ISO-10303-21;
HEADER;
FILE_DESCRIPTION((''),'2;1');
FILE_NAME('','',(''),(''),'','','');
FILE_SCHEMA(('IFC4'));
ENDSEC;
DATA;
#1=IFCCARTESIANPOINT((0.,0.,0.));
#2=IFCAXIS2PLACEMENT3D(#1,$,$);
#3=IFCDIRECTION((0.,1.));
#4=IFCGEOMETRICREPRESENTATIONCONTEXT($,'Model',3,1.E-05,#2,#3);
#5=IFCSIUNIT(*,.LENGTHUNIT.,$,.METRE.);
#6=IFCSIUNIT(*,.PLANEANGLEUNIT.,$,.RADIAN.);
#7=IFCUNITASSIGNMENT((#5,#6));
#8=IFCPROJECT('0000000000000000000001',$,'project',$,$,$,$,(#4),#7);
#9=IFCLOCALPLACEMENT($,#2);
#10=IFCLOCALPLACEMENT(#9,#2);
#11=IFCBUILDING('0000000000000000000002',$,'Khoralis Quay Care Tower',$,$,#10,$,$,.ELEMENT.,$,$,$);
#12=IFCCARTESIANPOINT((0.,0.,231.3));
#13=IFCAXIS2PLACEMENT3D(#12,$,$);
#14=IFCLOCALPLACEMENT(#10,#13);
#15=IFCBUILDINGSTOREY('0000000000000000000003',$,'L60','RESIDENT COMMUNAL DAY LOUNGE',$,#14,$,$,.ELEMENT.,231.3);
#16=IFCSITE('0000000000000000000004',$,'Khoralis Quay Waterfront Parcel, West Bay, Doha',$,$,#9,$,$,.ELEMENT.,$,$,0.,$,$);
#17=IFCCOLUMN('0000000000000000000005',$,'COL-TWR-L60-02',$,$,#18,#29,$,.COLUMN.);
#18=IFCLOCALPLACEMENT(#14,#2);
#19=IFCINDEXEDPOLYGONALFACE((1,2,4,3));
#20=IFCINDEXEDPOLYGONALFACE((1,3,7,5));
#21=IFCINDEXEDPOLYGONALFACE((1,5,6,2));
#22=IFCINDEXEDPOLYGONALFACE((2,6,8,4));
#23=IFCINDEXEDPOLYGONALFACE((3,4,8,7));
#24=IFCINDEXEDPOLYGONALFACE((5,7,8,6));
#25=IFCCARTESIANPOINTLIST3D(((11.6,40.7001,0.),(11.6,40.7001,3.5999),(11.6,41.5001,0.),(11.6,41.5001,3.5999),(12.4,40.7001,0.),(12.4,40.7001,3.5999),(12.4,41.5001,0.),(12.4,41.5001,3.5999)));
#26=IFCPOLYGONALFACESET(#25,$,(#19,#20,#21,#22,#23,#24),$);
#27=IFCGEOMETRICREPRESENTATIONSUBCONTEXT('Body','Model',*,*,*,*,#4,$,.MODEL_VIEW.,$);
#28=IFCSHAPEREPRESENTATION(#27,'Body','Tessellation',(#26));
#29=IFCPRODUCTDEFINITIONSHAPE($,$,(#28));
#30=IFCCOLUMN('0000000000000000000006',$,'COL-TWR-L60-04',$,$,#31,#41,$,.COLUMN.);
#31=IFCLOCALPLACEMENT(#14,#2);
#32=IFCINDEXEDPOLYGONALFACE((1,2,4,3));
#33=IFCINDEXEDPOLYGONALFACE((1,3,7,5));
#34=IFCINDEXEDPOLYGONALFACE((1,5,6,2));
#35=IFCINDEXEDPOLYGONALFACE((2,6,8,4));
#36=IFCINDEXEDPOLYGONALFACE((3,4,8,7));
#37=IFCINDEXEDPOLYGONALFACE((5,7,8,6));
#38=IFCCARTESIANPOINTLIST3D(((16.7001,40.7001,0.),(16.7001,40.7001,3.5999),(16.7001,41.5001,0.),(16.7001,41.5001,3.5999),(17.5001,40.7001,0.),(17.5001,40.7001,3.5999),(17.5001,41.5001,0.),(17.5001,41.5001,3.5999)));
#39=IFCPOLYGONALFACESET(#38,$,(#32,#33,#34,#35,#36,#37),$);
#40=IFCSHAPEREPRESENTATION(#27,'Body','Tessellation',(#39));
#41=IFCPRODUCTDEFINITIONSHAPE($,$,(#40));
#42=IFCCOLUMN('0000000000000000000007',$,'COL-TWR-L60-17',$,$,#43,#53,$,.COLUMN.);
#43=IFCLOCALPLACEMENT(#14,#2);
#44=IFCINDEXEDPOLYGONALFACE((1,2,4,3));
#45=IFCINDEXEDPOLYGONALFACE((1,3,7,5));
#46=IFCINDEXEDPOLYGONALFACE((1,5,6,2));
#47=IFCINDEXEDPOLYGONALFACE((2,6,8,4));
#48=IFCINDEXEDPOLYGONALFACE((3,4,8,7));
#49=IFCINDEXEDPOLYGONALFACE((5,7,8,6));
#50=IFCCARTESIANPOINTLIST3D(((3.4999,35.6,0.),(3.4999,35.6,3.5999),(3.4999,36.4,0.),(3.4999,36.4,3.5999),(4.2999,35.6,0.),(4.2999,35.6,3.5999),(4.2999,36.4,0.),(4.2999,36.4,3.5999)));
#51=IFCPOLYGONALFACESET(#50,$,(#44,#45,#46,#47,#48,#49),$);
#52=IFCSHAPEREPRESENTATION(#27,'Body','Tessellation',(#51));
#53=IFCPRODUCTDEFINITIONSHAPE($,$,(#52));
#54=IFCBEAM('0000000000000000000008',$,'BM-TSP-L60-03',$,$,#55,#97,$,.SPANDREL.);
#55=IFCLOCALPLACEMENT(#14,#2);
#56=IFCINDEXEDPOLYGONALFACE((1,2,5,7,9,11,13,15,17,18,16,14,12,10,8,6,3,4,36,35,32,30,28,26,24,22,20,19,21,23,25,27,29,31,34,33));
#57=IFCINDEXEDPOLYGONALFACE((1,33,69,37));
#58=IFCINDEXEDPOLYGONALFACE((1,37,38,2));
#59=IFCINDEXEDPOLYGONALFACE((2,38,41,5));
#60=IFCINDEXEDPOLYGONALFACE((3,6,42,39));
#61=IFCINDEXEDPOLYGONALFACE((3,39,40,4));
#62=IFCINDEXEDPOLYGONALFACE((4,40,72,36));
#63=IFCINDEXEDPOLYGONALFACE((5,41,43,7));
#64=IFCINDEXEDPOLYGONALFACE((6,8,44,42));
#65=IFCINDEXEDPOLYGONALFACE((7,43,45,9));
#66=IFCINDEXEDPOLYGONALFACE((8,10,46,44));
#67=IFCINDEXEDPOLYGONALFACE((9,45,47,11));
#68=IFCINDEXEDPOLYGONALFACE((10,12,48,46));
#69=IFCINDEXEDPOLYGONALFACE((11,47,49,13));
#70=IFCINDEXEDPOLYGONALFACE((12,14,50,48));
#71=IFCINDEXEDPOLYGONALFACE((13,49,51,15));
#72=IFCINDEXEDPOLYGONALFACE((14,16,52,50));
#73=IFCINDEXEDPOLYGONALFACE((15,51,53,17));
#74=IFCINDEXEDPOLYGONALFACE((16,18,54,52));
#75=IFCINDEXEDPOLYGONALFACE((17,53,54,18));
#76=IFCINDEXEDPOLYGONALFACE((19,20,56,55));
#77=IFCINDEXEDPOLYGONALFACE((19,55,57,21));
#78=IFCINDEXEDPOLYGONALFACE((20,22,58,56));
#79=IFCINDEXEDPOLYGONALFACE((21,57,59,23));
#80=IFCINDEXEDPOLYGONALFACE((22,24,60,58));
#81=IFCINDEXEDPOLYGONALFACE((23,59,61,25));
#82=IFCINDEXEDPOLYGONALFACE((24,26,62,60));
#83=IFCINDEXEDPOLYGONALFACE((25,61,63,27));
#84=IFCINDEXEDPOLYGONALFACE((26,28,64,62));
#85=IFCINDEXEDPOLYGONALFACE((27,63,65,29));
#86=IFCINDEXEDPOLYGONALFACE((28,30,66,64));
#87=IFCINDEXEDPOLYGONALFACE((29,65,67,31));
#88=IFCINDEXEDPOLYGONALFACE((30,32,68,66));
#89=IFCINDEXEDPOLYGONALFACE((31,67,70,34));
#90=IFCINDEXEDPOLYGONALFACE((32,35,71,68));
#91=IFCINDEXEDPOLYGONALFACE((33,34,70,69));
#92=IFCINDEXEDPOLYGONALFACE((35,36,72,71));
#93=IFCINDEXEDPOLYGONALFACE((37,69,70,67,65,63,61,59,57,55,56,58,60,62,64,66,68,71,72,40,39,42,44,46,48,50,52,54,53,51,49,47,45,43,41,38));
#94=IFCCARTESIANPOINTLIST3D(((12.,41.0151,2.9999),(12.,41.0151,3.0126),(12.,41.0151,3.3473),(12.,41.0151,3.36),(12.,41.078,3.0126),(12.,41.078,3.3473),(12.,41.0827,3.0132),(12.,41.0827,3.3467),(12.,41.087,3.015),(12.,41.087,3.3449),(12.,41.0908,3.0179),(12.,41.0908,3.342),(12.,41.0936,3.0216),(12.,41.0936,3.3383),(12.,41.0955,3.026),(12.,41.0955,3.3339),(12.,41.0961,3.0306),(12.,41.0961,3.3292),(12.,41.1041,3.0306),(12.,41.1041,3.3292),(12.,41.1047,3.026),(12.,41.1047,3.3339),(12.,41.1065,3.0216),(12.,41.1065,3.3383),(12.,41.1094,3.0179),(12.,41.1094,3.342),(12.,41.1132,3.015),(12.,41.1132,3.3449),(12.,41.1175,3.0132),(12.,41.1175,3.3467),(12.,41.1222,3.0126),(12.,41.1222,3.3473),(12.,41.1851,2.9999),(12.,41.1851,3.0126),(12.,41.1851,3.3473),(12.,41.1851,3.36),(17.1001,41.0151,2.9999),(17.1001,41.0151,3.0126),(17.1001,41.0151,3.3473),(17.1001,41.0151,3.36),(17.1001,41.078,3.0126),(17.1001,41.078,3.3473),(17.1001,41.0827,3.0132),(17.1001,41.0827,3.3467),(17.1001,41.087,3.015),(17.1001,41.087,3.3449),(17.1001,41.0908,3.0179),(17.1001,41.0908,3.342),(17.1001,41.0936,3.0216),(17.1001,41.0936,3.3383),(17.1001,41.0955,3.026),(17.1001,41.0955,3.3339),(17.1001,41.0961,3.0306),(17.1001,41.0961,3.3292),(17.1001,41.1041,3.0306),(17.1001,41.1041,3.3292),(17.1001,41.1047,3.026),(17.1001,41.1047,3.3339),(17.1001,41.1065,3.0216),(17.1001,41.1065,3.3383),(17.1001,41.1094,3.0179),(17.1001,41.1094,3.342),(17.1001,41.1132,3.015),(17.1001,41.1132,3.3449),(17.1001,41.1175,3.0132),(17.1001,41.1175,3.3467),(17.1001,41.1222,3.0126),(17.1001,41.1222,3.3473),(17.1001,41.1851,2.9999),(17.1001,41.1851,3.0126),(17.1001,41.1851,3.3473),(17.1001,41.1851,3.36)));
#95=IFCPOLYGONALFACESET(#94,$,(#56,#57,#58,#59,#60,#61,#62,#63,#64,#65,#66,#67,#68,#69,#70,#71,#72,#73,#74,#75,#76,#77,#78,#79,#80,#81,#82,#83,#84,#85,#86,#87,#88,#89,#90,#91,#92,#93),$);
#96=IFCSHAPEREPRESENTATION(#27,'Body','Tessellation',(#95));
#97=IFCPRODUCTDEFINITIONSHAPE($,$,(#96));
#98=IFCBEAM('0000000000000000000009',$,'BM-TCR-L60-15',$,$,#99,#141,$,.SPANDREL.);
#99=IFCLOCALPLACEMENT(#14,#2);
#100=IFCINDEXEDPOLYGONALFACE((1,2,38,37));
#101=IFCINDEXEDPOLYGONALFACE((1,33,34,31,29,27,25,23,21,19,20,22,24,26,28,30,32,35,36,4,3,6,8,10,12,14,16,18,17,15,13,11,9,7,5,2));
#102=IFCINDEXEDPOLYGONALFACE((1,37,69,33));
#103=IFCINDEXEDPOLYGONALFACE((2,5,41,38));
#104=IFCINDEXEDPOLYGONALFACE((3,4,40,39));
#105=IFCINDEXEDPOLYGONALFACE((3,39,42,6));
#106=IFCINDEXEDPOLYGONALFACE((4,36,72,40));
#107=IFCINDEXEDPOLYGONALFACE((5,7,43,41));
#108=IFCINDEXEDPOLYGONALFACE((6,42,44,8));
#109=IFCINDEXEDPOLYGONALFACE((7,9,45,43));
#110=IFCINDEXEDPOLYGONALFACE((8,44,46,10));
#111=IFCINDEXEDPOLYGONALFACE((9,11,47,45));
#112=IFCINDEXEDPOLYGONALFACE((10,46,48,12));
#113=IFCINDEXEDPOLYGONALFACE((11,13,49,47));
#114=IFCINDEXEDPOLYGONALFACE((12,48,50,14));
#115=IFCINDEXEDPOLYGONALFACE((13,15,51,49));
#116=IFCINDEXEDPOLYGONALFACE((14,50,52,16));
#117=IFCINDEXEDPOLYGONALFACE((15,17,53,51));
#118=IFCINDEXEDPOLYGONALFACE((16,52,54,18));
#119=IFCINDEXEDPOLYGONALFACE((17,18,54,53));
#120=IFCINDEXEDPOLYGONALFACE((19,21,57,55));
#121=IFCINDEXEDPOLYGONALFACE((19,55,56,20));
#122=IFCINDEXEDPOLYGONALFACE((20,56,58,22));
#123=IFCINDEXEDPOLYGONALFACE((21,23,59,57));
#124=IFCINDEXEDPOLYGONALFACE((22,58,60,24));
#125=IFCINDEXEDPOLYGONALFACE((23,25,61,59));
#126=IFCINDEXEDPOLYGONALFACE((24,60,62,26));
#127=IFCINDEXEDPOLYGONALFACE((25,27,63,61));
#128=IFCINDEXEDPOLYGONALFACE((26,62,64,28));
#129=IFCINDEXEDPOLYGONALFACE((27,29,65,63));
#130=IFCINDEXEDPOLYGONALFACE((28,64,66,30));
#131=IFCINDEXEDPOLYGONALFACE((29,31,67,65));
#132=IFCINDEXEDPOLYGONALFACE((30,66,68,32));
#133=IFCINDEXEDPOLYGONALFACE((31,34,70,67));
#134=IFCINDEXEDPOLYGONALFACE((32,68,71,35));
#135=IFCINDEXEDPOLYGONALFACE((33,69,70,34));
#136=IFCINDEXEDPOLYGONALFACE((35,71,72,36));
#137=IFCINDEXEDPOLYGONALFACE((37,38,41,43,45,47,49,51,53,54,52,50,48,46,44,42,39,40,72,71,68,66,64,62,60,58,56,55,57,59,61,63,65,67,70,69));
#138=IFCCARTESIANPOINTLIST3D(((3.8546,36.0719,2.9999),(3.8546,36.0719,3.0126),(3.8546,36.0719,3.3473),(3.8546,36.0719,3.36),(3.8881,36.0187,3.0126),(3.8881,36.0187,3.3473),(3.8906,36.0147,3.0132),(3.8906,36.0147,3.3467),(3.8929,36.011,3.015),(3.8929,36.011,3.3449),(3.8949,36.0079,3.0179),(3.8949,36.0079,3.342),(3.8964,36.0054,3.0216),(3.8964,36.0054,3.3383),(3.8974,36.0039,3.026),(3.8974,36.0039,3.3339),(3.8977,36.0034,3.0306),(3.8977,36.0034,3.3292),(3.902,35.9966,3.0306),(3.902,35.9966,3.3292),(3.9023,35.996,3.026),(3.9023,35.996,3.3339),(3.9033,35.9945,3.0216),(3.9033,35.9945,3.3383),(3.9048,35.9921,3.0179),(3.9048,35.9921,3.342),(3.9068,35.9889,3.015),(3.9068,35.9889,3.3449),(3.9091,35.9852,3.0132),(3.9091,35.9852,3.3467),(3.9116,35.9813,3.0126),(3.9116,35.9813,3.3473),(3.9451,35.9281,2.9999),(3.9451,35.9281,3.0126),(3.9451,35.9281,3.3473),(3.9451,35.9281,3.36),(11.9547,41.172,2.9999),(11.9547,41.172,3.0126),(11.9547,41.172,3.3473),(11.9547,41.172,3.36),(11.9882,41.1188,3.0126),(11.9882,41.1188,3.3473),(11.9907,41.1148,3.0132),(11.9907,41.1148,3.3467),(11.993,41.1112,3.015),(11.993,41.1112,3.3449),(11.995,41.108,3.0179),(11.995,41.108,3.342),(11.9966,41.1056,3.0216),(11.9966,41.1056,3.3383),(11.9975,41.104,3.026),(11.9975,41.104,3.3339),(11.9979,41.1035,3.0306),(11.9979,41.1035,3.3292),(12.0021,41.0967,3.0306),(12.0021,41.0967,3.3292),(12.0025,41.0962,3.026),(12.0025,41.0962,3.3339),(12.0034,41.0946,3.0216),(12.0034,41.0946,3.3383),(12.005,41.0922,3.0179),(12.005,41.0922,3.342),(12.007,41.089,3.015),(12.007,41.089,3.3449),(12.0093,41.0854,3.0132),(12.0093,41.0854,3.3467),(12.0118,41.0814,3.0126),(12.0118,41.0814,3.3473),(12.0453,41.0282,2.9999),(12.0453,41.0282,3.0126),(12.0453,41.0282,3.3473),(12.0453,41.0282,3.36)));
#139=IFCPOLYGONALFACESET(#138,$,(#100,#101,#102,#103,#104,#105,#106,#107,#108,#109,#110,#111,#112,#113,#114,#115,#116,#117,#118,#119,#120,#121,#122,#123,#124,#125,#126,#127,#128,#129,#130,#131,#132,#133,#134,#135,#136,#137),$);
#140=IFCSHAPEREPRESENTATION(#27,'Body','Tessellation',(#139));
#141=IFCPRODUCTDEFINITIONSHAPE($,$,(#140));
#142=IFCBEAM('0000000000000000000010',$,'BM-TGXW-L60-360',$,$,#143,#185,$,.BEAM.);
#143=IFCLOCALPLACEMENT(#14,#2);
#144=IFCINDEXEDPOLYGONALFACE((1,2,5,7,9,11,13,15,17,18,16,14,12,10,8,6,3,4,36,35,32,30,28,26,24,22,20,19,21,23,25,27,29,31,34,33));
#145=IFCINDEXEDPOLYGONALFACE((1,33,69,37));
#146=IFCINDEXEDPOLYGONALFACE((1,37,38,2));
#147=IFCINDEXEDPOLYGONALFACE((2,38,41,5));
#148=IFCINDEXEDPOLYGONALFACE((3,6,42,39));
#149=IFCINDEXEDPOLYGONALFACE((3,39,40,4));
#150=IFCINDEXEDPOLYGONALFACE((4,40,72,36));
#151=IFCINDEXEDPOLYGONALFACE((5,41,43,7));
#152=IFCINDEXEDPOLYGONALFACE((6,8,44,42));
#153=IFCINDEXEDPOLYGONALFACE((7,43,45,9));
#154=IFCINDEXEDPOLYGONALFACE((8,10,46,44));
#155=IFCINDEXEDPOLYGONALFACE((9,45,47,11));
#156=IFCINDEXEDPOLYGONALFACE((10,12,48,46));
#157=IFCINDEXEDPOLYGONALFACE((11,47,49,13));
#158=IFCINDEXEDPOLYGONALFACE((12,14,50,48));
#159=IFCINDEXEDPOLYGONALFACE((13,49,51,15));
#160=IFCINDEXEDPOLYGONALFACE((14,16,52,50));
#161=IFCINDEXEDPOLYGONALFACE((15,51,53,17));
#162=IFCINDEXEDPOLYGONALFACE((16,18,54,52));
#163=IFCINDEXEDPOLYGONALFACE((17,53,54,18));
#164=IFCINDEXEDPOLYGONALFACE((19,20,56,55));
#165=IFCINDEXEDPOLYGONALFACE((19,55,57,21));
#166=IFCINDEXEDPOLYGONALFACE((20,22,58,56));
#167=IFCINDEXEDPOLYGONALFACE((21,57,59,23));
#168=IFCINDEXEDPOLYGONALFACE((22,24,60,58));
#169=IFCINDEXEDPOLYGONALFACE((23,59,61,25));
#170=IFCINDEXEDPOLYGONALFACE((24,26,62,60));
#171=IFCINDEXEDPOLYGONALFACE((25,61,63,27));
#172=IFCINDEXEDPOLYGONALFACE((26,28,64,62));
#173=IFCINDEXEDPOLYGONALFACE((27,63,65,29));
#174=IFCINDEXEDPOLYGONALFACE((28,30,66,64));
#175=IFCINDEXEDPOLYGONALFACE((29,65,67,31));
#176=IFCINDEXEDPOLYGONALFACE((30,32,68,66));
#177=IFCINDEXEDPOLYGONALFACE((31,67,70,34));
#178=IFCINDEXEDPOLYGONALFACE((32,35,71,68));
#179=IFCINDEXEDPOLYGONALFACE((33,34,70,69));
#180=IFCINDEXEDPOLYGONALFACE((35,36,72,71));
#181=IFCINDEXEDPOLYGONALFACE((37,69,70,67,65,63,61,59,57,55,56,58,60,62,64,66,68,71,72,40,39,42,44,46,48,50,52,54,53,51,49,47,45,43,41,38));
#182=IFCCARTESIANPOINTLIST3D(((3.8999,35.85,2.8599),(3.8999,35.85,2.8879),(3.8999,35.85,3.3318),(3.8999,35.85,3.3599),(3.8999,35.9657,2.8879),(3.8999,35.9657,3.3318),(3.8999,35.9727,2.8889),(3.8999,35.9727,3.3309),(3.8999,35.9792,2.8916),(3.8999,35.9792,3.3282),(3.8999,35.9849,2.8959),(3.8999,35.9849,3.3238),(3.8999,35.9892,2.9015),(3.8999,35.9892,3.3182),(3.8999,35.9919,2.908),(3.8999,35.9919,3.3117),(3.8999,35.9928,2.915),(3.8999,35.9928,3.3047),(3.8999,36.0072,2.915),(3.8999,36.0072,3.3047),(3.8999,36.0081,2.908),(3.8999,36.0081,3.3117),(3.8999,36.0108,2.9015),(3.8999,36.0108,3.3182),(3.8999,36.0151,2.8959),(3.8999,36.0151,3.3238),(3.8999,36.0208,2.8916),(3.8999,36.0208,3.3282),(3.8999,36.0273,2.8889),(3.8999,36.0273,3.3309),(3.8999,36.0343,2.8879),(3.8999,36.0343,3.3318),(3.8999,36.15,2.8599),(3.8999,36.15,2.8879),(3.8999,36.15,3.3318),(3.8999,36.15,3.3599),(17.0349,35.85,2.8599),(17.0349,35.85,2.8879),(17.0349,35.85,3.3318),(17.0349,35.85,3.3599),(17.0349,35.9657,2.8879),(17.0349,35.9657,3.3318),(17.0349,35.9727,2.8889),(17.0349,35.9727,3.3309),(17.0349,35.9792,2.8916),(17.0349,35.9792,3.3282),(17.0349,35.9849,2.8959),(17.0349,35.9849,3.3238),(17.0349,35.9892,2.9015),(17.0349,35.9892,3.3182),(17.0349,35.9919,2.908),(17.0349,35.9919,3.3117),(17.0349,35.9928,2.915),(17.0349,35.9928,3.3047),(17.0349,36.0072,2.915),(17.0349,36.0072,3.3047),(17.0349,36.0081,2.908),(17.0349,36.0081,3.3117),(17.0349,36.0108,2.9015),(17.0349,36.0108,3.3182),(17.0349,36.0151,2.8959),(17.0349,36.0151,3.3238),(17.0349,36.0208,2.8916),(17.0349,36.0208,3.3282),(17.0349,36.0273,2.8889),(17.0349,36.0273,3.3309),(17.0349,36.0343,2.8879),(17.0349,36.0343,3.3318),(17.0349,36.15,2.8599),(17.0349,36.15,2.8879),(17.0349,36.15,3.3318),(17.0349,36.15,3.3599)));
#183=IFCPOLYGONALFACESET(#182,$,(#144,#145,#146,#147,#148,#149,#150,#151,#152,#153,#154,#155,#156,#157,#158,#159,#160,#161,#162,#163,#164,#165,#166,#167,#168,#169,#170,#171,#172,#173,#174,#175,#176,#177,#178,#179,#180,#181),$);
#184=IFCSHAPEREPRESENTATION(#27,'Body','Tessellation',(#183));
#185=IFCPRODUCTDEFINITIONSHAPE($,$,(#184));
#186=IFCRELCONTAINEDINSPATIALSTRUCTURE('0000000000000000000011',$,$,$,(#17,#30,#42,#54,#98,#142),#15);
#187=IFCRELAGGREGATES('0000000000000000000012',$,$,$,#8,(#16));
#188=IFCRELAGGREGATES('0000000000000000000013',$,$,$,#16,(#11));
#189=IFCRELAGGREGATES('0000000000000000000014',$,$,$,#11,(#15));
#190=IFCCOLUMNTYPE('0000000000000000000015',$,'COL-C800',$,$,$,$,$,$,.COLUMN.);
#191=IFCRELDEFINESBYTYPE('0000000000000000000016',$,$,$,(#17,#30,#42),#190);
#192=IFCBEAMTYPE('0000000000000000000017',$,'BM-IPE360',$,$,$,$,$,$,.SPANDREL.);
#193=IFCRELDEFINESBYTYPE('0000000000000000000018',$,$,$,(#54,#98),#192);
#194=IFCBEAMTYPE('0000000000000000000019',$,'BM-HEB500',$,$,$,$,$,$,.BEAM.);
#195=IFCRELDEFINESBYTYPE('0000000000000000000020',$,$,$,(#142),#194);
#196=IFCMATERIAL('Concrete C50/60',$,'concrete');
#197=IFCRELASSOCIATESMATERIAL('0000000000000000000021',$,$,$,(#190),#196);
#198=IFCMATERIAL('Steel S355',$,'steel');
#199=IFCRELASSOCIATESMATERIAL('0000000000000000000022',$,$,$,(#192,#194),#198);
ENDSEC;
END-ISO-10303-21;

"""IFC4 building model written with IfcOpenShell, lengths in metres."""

from ifc_helpers import new_model, si_unit, direction, frame, origin, origin_2d, place, context, subcontext, project, spatial, rectangle, i_section, extrude, source, transform, mapped, material, material_profile, profile_set, type_object, element, save


model = new_model("IFC4")

# Units and contexts
model_context = context("Model", 3, precision=1e-05, world=origin(), true_north=direction((0.0, 1.0)))
body_context = subcontext(model_context, "Body", "Model", "MODEL_VIEW")
ifc_project = project(units=[si_unit("LENGTHUNIT", "METRE"), si_unit("PLANEANGLEUNIT", "RADIAN")], contexts=[model_context])

# Site, building, storey
site_placement = place(None, origin())
site = spatial("IfcSite", under=ifc_project, at=site_placement, Name="Khoralis Quay Waterfront Parcel, West Bay, Doha", CompositionType="ELEMENT", RefElevation=0.0)
building_placement = place(site_placement, origin())
building = spatial("IfcBuilding", under=site, at=building_placement, Name="Khoralis Quay Care Tower", CompositionType="ELEMENT")
storey_placement = place(building_placement, frame((0.0, 0.0, 231.3)))
storey = spatial("IfcBuildingStorey", under=building, at=storey_placement, Name="L60", Description="RESIDENT COMMUNAL DAY LOUNGE", CompositionType="ELEMENT", Elevation=231.3)

# Columns
ifc_material_1 = material(Name="Concrete C50/60", Category="concrete")
ifc_material_profile_1 = material_profile(ifc_material_1, rectangle(XDim=0.8, YDim=0.8, at=origin_2d()), Name="Concrete C50/60")
ifc_profile_set_1 = profile_set([ifc_material_profile_1], Name="Concrete C50/60")
column_type = type_object("IfcColumnType", Name="COL-C800", PredefinedType="COLUMN", material=ifc_profile_set_1)
shared_shape_1 = source(origin(), body_context, "Body", "SweptSolid", [
    extrude(rectangle(XDim=0.8, YDim=0.8, at=origin_2d()), origin(), (0.0, 0.0, 1.0), 3.5999),
])
for number, where, z_axis, x_axis, name in (
    (1, (12.0, 41.1001, 0.0), (0.0, 0.0, 1.0), (1.0, 0.0, 0.0), "COL-TWR-L60-02"),
    (2, (17.1001, 41.1001, 0.0), (0.0, 0.0, 1.0), (1.0, 0.0, 0.0), "COL-TWR-L60-04"),
    (3, (3.8999, 36.0, 0.0), (0.0, 0.0, 1.0), (1.0, 0.0, 0.0), "COL-TWR-L60-17"),
):
    element("IfcColumn", number, at=place(storey_placement, frame(where, z_axis=z_axis, x_axis=x_axis)), inside=storey, type_object=column_type, Name=name, PredefinedType="COLUMN", context=body_context, shape_type="MappedRepresentation", body=[
        mapped(shared_shape_1, transform((0.0, 0.0, 0.0), scale=1.0)),
    ])

# Beams
ifc_material_2 = material(Name="Steel S355", Category="steel")
ifc_material_profile_2 = material_profile(ifc_material_2, i_section(OverallWidth=0.1699, OverallDepth=0.3601, WebThickness=0.0081, FlangeThickness=0.0127, FilletRadius=0.0181, at=origin_2d()), Name="Steel S355")
ifc_profile_set_2 = profile_set([ifc_material_profile_2], Name="Steel S355")
beam_type_1 = type_object("IfcBeamType", Name="BM-IPE360", PredefinedType="SPANDREL", material=ifc_profile_set_2)
shared_shape_2 = source(origin(), body_context, "Body", "SweptSolid", [
    extrude(i_section(OverallWidth=0.1699, OverallDepth=0.3601, WebThickness=0.0081, FlangeThickness=0.0127, FilletRadius=0.0181, at=origin_2d()), origin(), (0.0, 0.0, 1.0), 5.1001),
])
beam_1_placement = place(storey_placement, frame((12.0, 41.1001, 3.1799), z_axis=(1.0, 0.0, 0.0), x_axis=(0.0, 1.0, 0.0)))
element("IfcBeam", 4, at=beam_1_placement, inside=storey, type_object=beam_type_1, Name="BM-TSP-L60-03", PredefinedType="SPANDREL", context=body_context, shape_type="MappedRepresentation", body=[
    mapped(shared_shape_2, transform((0.0, 0.0, 0.0), scale=1.0)),
])
shared_shape_3 = source(origin(), body_context, "Body", "SweptSolid", [
    extrude(i_section(OverallWidth=0.1699, OverallDepth=0.3601, WebThickness=0.0081, FlangeThickness=0.0127, FilletRadius=0.0181, at=origin_2d()), origin(), (0.0, 0.0, 1.0), 9.572),
])
beam_2_placement = place(storey_placement, frame((12.0, 41.1001, 3.1799), z_axis=(-0.846231, -0.532816, 0.0), x_axis=(0.532816, -0.846231, 0.0)))
element("IfcBeam", 5, at=beam_2_placement, inside=storey, type_object=beam_type_1, Name="BM-TCR-L60-15", PredefinedType="SPANDREL", context=body_context, shape_type="MappedRepresentation", body=[
    mapped(shared_shape_3, transform((0.0, 0.0, 0.0), scale=1.0)),
])
ifc_material_profile_3 = material_profile(ifc_material_2, i_section(OverallWidth=0.3, OverallDepth=0.5, WebThickness=0.0144, FlangeThickness=0.0281, FilletRadius=0.0271, at=origin_2d()), Name="Steel S355")
ifc_profile_set_3 = profile_set([ifc_material_profile_3], Name="Steel S355")
beam_type_2 = type_object("IfcBeamType", Name="BM-HEB500", PredefinedType="BEAM", material=ifc_profile_set_3)
shared_shape_4 = source(origin(), body_context, "Body", "SweptSolid", [
    extrude(i_section(OverallWidth=0.3, OverallDepth=0.5, WebThickness=0.0144, FlangeThickness=0.0281, FilletRadius=0.0271, at=origin_2d()), origin(), (0.0, 0.0, 1.0), 13.135),
])
beam_3_placement = place(storey_placement, frame((3.8999, 36.0, 3.1099), z_axis=(1.0, 0.0, 0.0), x_axis=(0.0, 1.0, 0.0)))
element("IfcBeam", 6, at=beam_3_placement, inside=storey, type_object=beam_type_2, Name="BM-TGXW-L60-360", PredefinedType="BEAM", context=body_context, shape_type="MappedRepresentation", body=[
    mapped(shared_shape_4, transform((0.0, 0.0, 0.0), scale=1.0)),
])

save(model, "model.ifc")
